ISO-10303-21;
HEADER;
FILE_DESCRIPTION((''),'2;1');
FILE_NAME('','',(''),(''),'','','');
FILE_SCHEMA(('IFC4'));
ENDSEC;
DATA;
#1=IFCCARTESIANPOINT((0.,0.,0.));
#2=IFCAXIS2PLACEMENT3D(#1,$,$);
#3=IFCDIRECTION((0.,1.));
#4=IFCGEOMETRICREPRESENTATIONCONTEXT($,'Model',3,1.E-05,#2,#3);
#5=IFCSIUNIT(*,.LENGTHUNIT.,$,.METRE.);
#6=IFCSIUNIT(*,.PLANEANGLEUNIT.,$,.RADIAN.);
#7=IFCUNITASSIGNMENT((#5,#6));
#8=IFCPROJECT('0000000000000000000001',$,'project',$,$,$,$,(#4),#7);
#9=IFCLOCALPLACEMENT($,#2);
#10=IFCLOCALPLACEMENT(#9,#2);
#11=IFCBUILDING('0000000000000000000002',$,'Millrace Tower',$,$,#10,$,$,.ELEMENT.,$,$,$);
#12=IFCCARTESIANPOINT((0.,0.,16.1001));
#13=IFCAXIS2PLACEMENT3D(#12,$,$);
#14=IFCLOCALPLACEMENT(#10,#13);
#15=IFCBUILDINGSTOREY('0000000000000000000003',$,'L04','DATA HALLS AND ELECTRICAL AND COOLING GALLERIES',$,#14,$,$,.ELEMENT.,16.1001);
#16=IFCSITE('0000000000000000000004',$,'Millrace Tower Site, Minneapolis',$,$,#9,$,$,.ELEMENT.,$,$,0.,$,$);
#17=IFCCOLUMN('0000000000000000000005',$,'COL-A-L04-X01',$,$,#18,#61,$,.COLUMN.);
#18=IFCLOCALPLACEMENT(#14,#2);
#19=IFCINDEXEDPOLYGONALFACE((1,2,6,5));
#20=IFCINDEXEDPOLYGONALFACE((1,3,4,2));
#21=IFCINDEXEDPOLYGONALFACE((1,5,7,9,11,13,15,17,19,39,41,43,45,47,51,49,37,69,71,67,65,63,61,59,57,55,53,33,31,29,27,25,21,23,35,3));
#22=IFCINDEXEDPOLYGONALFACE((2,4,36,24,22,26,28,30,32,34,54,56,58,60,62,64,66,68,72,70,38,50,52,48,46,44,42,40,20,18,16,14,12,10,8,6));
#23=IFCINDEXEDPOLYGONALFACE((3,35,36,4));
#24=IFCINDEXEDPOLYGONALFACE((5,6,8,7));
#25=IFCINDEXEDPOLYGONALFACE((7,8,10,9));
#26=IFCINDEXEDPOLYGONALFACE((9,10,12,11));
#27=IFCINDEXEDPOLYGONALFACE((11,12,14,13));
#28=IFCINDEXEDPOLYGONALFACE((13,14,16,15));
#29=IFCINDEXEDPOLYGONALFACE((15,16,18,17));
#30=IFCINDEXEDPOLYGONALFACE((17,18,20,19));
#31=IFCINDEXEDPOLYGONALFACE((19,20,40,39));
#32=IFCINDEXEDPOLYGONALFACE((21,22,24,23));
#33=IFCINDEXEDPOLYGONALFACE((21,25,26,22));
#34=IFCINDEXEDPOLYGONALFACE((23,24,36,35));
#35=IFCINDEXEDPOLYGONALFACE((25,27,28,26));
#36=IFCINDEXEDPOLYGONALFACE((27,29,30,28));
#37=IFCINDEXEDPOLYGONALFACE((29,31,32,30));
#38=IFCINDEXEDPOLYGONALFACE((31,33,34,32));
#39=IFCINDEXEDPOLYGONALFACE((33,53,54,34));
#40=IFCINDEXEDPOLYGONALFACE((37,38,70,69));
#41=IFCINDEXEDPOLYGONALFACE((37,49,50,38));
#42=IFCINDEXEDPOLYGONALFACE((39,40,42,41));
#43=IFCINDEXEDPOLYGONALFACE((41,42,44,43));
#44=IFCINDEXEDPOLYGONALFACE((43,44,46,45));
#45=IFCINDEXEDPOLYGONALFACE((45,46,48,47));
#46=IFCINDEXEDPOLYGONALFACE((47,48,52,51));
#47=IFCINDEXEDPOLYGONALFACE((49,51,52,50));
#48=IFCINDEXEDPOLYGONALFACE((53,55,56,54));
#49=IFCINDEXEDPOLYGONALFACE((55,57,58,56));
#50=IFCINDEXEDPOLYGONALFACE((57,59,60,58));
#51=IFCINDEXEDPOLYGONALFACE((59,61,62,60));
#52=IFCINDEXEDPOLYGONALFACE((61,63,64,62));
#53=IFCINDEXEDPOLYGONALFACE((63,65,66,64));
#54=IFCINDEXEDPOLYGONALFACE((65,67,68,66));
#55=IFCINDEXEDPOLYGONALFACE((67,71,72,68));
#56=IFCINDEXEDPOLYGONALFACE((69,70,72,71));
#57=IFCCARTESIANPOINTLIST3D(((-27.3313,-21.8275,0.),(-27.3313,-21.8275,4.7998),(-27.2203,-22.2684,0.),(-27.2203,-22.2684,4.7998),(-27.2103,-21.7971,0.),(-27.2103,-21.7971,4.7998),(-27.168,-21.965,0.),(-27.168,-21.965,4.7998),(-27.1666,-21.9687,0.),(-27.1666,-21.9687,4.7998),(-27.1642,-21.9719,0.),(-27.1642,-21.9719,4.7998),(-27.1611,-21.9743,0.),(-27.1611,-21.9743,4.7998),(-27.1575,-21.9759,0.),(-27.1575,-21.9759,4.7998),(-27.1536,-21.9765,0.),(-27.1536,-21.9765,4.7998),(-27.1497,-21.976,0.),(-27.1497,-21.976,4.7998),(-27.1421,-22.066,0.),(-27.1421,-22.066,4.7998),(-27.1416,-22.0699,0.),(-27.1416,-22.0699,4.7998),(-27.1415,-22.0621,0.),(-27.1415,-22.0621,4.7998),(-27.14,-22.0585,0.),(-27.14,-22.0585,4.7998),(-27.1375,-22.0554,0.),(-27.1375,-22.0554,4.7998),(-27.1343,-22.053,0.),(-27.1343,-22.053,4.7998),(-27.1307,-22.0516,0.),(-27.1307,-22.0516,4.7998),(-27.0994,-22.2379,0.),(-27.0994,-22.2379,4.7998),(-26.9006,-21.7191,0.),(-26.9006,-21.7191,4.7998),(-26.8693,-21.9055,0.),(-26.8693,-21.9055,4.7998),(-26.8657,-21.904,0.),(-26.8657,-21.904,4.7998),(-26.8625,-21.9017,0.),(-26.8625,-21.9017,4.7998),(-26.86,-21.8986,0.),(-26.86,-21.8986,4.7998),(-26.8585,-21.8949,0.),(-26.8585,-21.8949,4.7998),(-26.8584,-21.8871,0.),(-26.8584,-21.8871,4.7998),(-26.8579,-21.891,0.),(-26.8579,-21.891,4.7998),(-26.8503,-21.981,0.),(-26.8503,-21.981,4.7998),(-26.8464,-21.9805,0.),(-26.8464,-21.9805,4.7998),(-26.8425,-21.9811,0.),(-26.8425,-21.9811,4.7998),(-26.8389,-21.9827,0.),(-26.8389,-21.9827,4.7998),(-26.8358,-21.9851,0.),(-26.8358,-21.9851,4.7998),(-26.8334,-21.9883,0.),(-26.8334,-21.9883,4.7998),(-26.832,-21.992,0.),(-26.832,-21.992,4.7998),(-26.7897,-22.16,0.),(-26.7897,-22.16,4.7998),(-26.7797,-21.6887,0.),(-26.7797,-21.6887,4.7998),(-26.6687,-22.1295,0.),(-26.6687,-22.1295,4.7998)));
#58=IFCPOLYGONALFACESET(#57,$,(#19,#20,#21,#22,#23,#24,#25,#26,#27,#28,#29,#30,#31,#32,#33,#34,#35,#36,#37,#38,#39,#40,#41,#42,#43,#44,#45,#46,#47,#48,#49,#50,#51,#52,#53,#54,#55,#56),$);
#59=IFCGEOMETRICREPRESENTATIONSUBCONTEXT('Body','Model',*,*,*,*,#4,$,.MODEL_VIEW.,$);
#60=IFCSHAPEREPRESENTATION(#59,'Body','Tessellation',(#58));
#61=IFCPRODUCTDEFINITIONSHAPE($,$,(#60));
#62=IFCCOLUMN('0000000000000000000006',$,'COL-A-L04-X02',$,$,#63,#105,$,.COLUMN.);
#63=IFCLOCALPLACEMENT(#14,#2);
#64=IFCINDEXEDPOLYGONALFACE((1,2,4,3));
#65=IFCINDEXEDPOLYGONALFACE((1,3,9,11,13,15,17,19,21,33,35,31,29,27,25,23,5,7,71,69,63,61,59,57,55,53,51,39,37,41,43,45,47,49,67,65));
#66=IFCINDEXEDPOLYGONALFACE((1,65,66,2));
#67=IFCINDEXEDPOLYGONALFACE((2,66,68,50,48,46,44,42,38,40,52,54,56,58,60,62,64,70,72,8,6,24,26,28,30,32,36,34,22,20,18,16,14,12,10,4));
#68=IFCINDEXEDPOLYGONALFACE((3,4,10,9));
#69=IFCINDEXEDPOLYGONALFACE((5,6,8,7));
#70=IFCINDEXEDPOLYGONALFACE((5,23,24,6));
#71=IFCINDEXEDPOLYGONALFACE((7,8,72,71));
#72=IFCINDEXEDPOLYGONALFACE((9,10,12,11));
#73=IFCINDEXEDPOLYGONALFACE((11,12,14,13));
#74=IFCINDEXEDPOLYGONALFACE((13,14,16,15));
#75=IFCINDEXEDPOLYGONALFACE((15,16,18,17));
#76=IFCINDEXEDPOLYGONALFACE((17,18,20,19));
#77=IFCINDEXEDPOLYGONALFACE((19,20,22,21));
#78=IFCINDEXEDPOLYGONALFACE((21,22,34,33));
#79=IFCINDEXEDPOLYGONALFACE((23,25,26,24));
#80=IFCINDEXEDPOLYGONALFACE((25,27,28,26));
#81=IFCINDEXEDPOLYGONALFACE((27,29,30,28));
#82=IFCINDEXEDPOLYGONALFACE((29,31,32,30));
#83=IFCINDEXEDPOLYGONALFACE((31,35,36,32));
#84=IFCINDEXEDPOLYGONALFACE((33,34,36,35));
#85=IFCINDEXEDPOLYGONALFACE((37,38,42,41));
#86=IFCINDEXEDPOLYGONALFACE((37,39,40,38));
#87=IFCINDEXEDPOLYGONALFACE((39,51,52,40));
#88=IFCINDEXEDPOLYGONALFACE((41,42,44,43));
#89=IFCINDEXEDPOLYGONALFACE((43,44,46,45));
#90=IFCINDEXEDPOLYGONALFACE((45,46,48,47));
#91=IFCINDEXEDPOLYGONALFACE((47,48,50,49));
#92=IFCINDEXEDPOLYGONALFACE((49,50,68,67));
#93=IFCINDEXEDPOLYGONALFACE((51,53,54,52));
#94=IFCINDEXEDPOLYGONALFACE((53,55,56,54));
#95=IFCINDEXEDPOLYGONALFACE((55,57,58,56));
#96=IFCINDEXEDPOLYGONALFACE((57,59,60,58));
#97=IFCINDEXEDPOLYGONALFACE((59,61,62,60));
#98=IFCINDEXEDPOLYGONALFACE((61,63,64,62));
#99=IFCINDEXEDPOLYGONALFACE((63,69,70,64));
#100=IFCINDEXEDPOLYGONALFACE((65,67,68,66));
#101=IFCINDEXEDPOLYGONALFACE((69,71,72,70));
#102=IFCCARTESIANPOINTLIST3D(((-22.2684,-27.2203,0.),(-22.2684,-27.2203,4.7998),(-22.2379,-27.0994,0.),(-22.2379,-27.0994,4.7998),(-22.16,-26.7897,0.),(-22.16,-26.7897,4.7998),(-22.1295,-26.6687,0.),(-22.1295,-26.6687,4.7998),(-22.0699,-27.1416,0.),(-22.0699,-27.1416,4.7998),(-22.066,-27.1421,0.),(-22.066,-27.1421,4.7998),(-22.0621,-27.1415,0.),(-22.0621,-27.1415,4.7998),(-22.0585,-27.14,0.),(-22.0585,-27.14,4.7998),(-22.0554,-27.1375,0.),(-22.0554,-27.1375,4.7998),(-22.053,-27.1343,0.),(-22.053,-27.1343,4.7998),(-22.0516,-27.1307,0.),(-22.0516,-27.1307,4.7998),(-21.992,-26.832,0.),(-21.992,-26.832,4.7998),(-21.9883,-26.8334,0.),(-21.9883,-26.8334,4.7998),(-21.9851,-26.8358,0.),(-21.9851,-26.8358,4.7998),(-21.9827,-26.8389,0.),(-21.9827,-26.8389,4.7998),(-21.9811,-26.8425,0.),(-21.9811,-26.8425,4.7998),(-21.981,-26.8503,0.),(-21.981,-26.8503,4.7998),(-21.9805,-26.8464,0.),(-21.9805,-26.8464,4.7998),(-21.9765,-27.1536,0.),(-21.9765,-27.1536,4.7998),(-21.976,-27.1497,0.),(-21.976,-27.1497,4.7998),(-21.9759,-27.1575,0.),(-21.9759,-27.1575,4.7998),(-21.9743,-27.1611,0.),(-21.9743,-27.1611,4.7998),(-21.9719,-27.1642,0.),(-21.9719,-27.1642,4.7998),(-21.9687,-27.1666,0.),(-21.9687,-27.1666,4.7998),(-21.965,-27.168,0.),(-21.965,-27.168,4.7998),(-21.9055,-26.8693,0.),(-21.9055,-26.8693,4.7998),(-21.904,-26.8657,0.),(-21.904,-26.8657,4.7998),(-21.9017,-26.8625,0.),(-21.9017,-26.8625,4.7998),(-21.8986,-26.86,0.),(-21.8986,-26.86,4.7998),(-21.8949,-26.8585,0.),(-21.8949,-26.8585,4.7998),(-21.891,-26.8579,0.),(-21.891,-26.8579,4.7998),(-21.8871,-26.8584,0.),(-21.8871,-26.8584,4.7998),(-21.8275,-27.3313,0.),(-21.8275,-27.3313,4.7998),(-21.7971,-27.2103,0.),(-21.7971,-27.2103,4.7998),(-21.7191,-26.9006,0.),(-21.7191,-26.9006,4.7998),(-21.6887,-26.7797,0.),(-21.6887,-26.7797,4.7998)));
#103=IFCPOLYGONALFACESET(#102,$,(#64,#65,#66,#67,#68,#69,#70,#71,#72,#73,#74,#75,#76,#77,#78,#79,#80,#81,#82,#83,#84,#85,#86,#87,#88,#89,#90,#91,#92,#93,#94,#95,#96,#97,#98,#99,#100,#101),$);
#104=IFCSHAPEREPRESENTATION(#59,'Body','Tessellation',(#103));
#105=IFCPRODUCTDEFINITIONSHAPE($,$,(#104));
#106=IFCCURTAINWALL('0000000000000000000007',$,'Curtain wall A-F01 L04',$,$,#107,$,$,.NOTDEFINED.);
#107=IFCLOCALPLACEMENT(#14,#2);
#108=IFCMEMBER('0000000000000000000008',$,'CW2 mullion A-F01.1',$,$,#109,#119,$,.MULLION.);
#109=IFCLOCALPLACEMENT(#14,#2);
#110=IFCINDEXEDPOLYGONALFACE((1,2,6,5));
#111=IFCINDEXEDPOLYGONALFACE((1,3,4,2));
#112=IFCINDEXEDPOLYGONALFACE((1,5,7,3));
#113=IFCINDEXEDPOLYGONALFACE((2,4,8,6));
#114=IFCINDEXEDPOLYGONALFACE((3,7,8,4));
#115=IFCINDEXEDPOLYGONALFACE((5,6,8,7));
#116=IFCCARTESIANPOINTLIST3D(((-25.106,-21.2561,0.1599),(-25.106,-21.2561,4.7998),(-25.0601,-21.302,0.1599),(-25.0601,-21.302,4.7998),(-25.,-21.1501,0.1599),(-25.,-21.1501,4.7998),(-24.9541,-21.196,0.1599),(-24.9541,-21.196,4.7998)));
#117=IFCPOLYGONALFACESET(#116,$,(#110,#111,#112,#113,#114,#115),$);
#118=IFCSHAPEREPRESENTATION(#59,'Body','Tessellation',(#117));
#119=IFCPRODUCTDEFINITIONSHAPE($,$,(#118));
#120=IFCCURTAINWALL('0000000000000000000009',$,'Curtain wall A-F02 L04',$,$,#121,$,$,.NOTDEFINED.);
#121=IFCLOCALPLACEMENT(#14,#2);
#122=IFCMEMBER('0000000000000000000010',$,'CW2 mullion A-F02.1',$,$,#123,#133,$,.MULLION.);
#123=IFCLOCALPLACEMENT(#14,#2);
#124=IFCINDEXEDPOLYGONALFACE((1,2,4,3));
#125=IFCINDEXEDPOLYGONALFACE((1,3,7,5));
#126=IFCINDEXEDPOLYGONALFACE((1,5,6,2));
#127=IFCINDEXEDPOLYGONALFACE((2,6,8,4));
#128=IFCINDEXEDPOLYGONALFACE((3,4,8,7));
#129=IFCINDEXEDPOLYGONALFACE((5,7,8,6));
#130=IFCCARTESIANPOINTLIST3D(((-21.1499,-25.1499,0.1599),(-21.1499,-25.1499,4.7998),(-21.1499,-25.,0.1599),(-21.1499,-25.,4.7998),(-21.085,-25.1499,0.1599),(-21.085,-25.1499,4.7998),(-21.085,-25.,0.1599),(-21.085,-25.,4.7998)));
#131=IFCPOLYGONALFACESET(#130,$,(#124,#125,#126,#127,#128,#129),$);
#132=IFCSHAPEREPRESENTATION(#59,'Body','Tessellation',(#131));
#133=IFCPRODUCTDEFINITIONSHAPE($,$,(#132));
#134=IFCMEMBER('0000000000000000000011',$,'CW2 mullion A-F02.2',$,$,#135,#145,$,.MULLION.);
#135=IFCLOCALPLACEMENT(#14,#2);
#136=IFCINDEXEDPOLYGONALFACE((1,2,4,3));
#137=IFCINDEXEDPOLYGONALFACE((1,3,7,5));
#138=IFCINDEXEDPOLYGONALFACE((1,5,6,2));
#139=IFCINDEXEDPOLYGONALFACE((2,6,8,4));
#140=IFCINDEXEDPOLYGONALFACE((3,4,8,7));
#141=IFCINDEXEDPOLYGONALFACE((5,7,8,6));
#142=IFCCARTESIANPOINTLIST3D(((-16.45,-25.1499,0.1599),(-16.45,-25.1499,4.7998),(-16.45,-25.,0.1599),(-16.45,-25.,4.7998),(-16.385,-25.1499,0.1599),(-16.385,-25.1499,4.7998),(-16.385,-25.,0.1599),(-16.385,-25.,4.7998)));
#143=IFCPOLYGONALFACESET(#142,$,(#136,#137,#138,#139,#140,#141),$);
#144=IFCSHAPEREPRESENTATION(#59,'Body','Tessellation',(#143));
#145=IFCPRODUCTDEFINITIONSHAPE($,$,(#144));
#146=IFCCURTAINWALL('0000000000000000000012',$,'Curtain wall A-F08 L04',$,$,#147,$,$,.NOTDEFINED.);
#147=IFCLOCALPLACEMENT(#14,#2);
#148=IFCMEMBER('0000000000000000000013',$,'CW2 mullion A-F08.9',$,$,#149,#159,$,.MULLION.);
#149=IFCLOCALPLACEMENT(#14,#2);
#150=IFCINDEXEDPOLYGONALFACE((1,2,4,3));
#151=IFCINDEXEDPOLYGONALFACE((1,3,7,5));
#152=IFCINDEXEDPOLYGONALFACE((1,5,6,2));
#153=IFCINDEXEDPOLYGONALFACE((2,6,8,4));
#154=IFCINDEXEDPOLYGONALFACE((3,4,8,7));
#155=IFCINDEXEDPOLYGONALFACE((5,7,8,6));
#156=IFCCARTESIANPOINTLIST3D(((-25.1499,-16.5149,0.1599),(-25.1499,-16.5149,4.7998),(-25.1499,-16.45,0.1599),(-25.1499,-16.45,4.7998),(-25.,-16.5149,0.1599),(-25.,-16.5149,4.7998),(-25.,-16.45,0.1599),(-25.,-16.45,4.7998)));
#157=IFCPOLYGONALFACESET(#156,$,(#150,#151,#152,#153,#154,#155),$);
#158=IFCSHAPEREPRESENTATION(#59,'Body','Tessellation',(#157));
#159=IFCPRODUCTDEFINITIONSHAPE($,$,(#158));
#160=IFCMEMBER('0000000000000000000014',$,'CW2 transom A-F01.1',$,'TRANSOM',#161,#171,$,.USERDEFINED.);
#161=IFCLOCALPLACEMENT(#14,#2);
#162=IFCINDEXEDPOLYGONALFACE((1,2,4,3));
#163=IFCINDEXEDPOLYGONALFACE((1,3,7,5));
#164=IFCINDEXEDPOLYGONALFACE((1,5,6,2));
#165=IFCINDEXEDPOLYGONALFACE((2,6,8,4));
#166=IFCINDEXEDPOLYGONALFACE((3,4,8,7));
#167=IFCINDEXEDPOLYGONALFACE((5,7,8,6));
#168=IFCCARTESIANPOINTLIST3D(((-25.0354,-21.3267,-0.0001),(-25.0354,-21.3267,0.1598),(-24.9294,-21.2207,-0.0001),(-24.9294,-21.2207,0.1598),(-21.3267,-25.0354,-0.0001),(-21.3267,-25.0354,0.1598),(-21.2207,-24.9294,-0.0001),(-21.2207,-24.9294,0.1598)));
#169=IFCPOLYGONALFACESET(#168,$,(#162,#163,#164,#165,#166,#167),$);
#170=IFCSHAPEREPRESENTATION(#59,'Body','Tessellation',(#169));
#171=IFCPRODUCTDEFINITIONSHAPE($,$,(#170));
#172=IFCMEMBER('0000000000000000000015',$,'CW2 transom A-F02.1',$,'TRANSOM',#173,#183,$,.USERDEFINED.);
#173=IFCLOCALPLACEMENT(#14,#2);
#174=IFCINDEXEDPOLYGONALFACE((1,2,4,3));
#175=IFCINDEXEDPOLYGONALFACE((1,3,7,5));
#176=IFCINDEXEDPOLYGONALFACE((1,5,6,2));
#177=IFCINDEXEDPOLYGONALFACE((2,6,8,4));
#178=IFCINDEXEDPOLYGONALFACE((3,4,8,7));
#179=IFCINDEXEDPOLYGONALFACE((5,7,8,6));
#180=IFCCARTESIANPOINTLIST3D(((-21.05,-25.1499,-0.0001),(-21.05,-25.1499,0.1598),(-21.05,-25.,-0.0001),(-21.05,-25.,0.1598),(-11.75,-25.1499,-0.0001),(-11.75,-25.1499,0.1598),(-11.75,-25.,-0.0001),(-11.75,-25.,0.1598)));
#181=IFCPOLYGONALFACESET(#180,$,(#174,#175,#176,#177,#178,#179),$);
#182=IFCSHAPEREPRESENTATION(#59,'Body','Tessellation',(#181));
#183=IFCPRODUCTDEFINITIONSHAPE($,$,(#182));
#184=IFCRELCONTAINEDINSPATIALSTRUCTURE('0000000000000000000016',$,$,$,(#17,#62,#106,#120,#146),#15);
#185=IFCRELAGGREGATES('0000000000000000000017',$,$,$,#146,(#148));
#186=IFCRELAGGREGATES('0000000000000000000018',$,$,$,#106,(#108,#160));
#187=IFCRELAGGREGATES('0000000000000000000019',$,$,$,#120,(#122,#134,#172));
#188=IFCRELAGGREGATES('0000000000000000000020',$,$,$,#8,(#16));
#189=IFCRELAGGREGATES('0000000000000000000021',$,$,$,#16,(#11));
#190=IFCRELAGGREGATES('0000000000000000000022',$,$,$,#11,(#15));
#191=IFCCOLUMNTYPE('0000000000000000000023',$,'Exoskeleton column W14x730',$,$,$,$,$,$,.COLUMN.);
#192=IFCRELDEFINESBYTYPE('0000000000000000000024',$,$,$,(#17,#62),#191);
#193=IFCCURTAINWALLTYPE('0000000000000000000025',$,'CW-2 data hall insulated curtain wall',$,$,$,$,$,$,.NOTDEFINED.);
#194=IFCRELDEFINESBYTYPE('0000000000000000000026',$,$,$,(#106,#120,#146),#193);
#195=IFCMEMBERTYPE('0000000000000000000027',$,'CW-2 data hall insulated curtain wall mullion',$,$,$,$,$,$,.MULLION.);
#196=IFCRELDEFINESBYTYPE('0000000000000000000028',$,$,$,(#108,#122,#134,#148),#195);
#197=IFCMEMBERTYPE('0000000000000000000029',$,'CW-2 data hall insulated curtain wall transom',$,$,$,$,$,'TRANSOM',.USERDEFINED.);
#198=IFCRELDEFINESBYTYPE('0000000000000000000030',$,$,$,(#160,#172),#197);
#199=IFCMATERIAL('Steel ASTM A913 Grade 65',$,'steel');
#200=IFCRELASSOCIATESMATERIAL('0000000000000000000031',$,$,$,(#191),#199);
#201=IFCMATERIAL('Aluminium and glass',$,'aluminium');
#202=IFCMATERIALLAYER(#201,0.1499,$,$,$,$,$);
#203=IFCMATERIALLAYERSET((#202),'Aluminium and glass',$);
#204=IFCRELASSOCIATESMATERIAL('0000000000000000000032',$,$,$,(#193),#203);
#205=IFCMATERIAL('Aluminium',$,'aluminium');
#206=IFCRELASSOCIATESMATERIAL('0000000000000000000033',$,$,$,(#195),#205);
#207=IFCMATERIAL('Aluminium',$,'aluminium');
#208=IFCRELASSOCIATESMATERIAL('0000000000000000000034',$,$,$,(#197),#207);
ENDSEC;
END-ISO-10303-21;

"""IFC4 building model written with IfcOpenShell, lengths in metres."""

from ifc_helpers import new_model, si_unit, direction, frame, origin, origin_2d, place, context, subcontext, project, spatial, rectangle, i_section, extrude, material, layer, layer_set, material_profile, profile_set, type_object, element, aggregate, save


model = new_model("IFC4")

# Units and contexts
model_context = context("Model", 3, precision=1e-05, world=origin(), true_north=direction((0.0, 1.0)))
body_context = subcontext(model_context, "Body", "Model", "MODEL_VIEW")
ifc_project = project(units=[si_unit("LENGTHUNIT", "METRE"), si_unit("PLANEANGLEUNIT", "RADIAN")], contexts=[model_context])

# Site, building, storey
site_placement = place(None, origin())
site = spatial("IfcSite", under=ifc_project, at=site_placement, Name="Millrace Tower Site, Minneapolis", CompositionType="ELEMENT", RefElevation=0.0)
building_placement = place(site_placement, origin())
building = spatial("IfcBuilding", under=site, at=building_placement, Name="Millrace Tower", CompositionType="ELEMENT")
storey_placement = place(building_placement, frame((0.0, 0.0, 16.1001)))
storey = spatial("IfcBuildingStorey", under=building, at=storey_placement, Name="L04", Description="DATA HALLS AND ELECTRICAL AND COOLING GALLERIES", CompositionType="ELEMENT", Elevation=16.1001)

# Columns
ifc_material_1 = material(Name="Steel ASTM A913 Grade 65", Category="steel")
ifc_material_profile_1 = material_profile(ifc_material_1, i_section(OverallWidth=0.4546, OverallDepth=0.5688, WebThickness=0.0779, FlangeThickness=0.1248, FilletRadius=0.0151, at=origin_2d()))
ifc_profile_set_1 = profile_set([ifc_material_profile_1], Name="Steel ASTM A913 Grade 65")
column_type = type_object("IfcColumnType", Name="Exoskeleton column W14x730", PredefinedType="COLUMN", material=ifc_profile_set_1)
for number, where, z_axis, x_axis, name in (
    (1, (-27.0, -21.9785, 0.0), (0.0, 0.0, 1.0), (0.244094, -0.969752, 0.0), "COL-A-L04-X01"),
    (2, (-21.9785, -27.0, 0.0), (0.0, 0.0, 1.0), (0.969752, -0.244094, 0.0), "COL-A-L04-X02"),
):
    element("IfcColumn", number, at=place(storey_placement, frame(where, z_axis=z_axis, x_axis=x_axis)), inside=storey, type_object=column_type, Name=name, PredefinedType="COLUMN", context=body_context, shape_type="SweptSolid", body=[
        extrude(i_section(OverallWidth=0.4546, OverallDepth=0.5688, WebThickness=0.0779, FlangeThickness=0.1248, FilletRadius=0.0151, at=origin_2d()), origin(), (0.0, 0.0, 1.0), 4.7998),
    ])

# Curtain wall, member
ifc_material_2 = material(Name="Aluminium and glass", Category="aluminium")
ifc_layer_1 = layer(ifc_material_2, 0.1499)
ifc_layer_set_1 = layer_set([ifc_layer_1], Name="Aluminium and glass")
curtain_wall_type = type_object("IfcCurtainWallType", Name="CW-2 data hall insulated curtain wall", PredefinedType="NOTDEFINED", material=ifc_layer_set_1)
placement = place(storey_placement, origin())
curtain_wall_1 = element("IfcCurtainWall", 3, at=placement, inside=storey, type_object=curtain_wall_type, Name="Curtain wall A-F01 L04", PredefinedType="NOTDEFINED")
ifc_material_3 = material(Name="Aluminium", Category="aluminium")
ifc_material_profile_2 = material_profile(ifc_material_3, rectangle(XDim=0.0649, YDim=0.1499, at=origin_2d()))
ifc_profile_set_2 = profile_set([ifc_material_profile_2], Name="Aluminium")
member_type_1 = type_object("IfcMemberType", Name="CW-2 data hall insulated curtain wall mullion", PredefinedType="MULLION", material=ifc_profile_set_2)
member_1_placement = place(storey_placement, frame((-25.03, -21.2261, 0.1599), z_axis=(0.0, 0.0, 1.0), x_axis=(0.707107, -0.707107, 0.0)))
member_1 = element("IfcMember", 4, at=member_1_placement, type_object=member_type_1, Name="CW2 mullion A-F01.1", PredefinedType="MULLION", context=body_context, shape_type="SweptSolid", body=[
    extrude(rectangle(XDim=0.0649, YDim=0.1499, at=origin_2d()), origin(), (0.0, 0.0, 1.0), 4.6399),
])

# Curtain wall, members
curtain_wall_2 = element("IfcCurtainWall", 5, at=placement, inside=storey, type_object=curtain_wall_type, Name="Curtain wall A-F02 L04", PredefinedType="NOTDEFINED")
member_2_placement = place(storey_placement, frame((-21.1174, -25.075, 0.1599), z_axis=(0.0, 0.0, 1.0), x_axis=(1.0, 0.0, 0.0)))
member_2 = element("IfcMember", 6, at=member_2_placement, type_object=member_type_1, Name="CW2 mullion A-F02.1", PredefinedType="MULLION", context=body_context, shape_type="SweptSolid", body=[
    extrude(rectangle(XDim=0.0649, YDim=0.1499, at=origin_2d()), origin(), (0.0, 0.0, 1.0), 4.6399),
])
member_3_placement = place(storey_placement, frame((-16.4175, -25.075, 0.1599), z_axis=(0.0, 0.0, 1.0), x_axis=(1.0, 0.0, 0.0)))
member_3 = element("IfcMember", 7, at=member_3_placement, type_object=member_type_1, Name="CW2 mullion A-F02.2", PredefinedType="MULLION", context=body_context, shape_type="SweptSolid", body=[
    extrude(rectangle(XDim=0.0649, YDim=0.1499, at=origin_2d()), origin(), (0.0, 0.0, 1.0), 4.6399),
])

# Curtain wall, member
curtain_wall_3 = element("IfcCurtainWall", 8, at=placement, inside=storey, type_object=curtain_wall_type, Name="Curtain wall A-F08 L04", PredefinedType="NOTDEFINED")
member_4_placement = place(storey_placement, frame((-25.075, -16.4824, 0.1599), z_axis=(0.0, 0.0, 1.0), x_axis=(0.0, -1.0, 0.0)))
member_4 = element("IfcMember", 9, at=member_4_placement, type_object=member_type_1, Name="CW2 mullion A-F08.9", PredefinedType="MULLION", context=body_context, shape_type="SweptSolid", body=[
    extrude(rectangle(XDim=0.0649, YDim=0.1499, at=origin_2d()), origin(), (0.0, 0.0, 1.0), 4.6399),
])
aggregate(curtain_wall_3, [member_4])

# Members
ifc_material_4 = material(Name="Aluminium", Category="aluminium")
ifc_material_profile_3 = material_profile(ifc_material_4, rectangle(XDim=0.1499, YDim=0.1599, at=origin_2d()))
ifc_profile_set_3 = profile_set([ifc_material_profile_3], Name="Aluminium")
member_type_2 = type_object("IfcMemberType", Name="CW-2 data hall insulated curtain wall transom", ElementType="TRANSOM", PredefinedType="USERDEFINED", material=ifc_profile_set_3)
member_5_placement = place(storey_placement, frame((-24.9824, -21.2737, 0.0798), z_axis=(0.707107, -0.707107, 0.0), x_axis=(0.707107, 0.707107, 0.0)))
member_5 = element("IfcMember", 10, at=member_5_placement, type_object=member_type_2, Name="CW2 transom A-F01.1", ObjectType="TRANSOM", PredefinedType="USERDEFINED", context=body_context, shape_type="SweptSolid", body=[
    extrude(rectangle(XDim=0.1499, YDim=0.1599, at=origin_2d()), origin(), (0.0, 0.0, 1.0), 5.2449),
])
aggregate(curtain_wall_1, [member_1, member_5])
member_6_placement = place(storey_placement, frame((-21.05, -25.075, 0.0798), z_axis=(1.0, 0.0, 0.0), x_axis=(0.0, 1.0, 0.0)))
member_6 = element("IfcMember", 11, at=member_6_placement, type_object=member_type_2, Name="CW2 transom A-F02.1", ObjectType="TRANSOM", PredefinedType="USERDEFINED", context=body_context, shape_type="SweptSolid", body=[
    extrude(rectangle(XDim=0.1499, YDim=0.1599, at=origin_2d()), origin(), (0.0, 0.0, 1.0), 9.3),
])
aggregate(curtain_wall_2, [member_2, member_3, member_6])

save(model, "model.ifc")
